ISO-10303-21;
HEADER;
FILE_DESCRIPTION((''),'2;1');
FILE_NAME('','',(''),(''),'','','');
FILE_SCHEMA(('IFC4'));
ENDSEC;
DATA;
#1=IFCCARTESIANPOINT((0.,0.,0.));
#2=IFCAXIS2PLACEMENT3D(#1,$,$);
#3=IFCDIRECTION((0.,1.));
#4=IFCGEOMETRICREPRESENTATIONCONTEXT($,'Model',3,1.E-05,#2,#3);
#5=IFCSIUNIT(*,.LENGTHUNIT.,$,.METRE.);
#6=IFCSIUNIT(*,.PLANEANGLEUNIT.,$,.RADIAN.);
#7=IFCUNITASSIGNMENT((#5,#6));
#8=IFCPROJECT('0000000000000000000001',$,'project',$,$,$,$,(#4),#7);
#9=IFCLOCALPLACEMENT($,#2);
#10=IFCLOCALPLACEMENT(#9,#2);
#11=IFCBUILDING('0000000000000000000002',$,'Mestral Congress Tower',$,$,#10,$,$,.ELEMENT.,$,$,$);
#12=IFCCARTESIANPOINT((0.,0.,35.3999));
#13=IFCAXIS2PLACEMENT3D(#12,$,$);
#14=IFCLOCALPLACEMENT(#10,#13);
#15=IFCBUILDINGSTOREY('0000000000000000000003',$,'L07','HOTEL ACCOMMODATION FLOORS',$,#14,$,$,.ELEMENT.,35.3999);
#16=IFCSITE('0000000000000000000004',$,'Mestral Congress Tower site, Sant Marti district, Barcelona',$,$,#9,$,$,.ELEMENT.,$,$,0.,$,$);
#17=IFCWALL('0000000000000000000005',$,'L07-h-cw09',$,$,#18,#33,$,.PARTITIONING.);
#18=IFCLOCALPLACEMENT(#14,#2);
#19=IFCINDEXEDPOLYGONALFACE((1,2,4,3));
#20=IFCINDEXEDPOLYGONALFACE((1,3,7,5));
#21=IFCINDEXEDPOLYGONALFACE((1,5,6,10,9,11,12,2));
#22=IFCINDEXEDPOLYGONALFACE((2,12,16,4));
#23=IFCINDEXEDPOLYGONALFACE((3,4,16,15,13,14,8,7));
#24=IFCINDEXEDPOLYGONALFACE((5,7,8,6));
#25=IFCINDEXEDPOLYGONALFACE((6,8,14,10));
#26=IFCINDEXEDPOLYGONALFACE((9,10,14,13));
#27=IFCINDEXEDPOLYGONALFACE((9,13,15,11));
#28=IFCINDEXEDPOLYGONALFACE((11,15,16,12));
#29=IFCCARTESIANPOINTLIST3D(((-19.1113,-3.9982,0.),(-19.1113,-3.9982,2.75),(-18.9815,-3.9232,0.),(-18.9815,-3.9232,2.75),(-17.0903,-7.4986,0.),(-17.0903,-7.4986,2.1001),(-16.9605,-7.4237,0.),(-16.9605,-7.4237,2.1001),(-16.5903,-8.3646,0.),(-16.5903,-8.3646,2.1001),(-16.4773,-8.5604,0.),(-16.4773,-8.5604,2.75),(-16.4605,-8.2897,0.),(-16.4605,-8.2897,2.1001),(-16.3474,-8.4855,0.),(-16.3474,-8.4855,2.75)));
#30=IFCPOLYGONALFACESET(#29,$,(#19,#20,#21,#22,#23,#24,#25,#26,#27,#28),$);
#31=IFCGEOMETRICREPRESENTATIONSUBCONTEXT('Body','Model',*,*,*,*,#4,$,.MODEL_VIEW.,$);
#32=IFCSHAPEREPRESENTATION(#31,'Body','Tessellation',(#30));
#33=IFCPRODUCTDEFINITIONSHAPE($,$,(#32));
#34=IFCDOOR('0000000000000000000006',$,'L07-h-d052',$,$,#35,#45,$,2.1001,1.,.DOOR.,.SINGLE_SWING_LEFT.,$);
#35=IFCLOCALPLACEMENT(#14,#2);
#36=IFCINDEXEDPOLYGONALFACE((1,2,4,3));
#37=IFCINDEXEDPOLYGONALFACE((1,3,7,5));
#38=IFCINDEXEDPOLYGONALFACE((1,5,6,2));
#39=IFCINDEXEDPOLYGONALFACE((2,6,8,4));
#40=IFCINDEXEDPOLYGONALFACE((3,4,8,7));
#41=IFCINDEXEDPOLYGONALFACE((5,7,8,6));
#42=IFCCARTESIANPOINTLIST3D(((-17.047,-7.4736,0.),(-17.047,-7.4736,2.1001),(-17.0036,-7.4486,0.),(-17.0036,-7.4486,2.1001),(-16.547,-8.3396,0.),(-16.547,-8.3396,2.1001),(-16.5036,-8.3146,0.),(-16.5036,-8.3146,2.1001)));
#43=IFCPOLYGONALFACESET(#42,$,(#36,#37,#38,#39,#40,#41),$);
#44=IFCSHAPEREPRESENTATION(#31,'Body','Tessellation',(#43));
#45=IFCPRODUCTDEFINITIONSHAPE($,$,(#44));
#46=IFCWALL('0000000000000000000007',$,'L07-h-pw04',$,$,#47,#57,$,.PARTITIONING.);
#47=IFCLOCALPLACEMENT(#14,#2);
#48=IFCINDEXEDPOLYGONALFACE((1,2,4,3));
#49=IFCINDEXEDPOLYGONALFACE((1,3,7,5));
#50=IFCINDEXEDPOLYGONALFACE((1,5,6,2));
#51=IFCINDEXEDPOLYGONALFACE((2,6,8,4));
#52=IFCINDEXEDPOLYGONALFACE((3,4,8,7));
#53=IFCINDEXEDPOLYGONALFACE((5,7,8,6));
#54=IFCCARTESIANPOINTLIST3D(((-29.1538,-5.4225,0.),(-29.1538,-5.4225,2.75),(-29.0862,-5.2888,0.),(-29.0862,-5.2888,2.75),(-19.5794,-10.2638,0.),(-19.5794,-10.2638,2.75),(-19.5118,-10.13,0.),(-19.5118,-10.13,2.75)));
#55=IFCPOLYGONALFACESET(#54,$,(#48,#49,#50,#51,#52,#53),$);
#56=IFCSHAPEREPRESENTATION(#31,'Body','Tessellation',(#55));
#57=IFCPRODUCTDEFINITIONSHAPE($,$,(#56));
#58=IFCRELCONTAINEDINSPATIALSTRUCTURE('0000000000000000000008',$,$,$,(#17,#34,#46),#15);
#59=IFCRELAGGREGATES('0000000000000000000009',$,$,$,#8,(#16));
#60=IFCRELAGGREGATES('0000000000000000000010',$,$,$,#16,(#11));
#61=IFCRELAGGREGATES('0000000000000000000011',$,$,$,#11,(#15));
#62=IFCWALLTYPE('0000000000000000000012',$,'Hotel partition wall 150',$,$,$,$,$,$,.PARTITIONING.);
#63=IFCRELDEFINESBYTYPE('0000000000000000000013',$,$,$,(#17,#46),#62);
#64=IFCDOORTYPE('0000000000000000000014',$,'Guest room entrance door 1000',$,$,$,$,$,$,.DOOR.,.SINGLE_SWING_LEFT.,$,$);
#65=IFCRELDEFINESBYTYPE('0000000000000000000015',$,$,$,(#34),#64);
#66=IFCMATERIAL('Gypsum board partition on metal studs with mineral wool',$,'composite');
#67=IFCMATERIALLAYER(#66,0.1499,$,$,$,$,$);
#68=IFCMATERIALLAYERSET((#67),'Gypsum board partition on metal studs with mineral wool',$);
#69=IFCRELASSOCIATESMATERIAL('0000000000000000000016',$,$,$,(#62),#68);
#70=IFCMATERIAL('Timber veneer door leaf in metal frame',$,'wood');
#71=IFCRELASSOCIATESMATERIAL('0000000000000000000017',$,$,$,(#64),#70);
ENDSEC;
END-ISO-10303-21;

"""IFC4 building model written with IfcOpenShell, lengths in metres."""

from ifc_helpers import new_model, si_unit, direction, frame, frame_2d, origin, place, context, subcontext, project, spatial, rectangle, extrude, material, layer, layer_set, type_object, element, fill, save


model = new_model("IFC4")

# Units and contexts
model_context = context("Model", 3, precision=1e-05, world=origin(), true_north=direction((0.0, 1.0)))
body_context = subcontext(model_context, "Body", "Model", "MODEL_VIEW")
ifc_project = project(units=[si_unit("LENGTHUNIT", "METRE"), si_unit("PLANEANGLEUNIT", "RADIAN")], contexts=[model_context])

# Site, building, storey
site_placement = place(None, origin())
site = spatial("IfcSite", under=ifc_project, at=site_placement, Name="Mestral Congress Tower site, Sant Marti district, Barcelona", CompositionType="ELEMENT", RefElevation=0.0)
building_placement = place(site_placement, origin())
building = spatial("IfcBuilding", under=site, at=building_placement, Name="Mestral Congress Tower", CompositionType="ELEMENT")
storey_placement = place(building_placement, frame((0.0, 0.0, 35.3999)))
storey = spatial("IfcBuildingStorey", under=building, at=storey_placement, Name="L07", Description="HOTEL ACCOMMODATION FLOORS", CompositionType="ELEMENT", Elevation=35.3999)

# Shared definitions
ifc_material_1 = material(Name="Gypsum board partition on metal studs with mineral wool", Category="composite")

# Shared definitions
ifc_layer_1 = layer(ifc_material_1, 0.1499)
ifc_layer_set_1 = layer_set([ifc_layer_1], Name="Gypsum board partition on metal studs with mineral wool")
wall_type_1 = type_object("IfcWallType", Name="Hotel partition wall 150", PredefinedType="PARTITIONING", material=ifc_layer_set_1)
ifc_material_2 = material(Name="Timber veneer door leaf in metal frame", Category="wood")
door_type_1 = type_object("IfcDoorType", Name="Guest room entrance door 1000", OperationType="SINGLE_SWING_LEFT", PredefinedType="DOOR", material=ifc_material_2)

# Wall, opening, door
wall_1_placement = place(storey_placement, frame((-16.4124, -8.5229, 0.0), z_axis=(0.0, 0.0, 1.0), x_axis=(-0.500002, 0.866024, 0.0)))
wall_1 = element("IfcWall", 1, at=wall_1_placement, inside=storey, type_object=wall_type_1, Name="L07-h-cw09", PredefinedType="PARTITIONING", context=body_context, shape_type="SweptSolid", body=[
    extrude(rectangle(XDim=5.2681, YDim=0.1499, at=frame_2d((2.634, 0.0))), origin(), (0.0, 0.0, 1.0), 2.75),
])
opening_1_placement = place(wall_1_placement, frame((0.2261, 0.0, 0.0)))
opening_1 = element("IfcOpeningElement", 2, at=opening_1_placement, cuts=wall_1, PredefinedType="OPENING", context=body_context, shape_type="SweptSolid", body=[
    extrude(rectangle(XDim=1.0, YDim=2.1001, at=frame_2d((0.5, 1.05))), frame((0.0, 0.085, 0.0), z_axis=(0.0, -1.0, 0.0), x_axis=(1.0, 0.0, 0.0)), (0.0, 0.0, 1.0), 0.1699),
])
door_1_placement = place(opening_1_placement, origin())
door_1 = element("IfcDoor", 3, at=door_1_placement, inside=storey, type_object=door_type_1, Name="L07-h-d052", OperationType="SINGLE_SWING_LEFT", OverallHeight=2.1001, OverallWidth=1.0, PredefinedType="DOOR", context=body_context, shape_type="SweptSolid", body=[
    extrude(rectangle(XDim=1.0, YDim=2.1001, at=frame_2d((0.5, 1.05))), frame((0.0, 0.0249, 0.0), z_axis=(0.0, -1.0, 0.0), x_axis=(1.0, 0.0, 0.0)), (0.0, 0.0, 1.0), 0.05),
])
fill(opening_1, door_1)

# Wall
wall_2_placement = place(storey_placement, frame((-29.1199, -5.3557, 0.0), z_axis=(0.0, 0.0, 1.0), x_axis=(0.892402, -0.451241, 0.0)))
element("IfcWall", 4, at=wall_2_placement, inside=storey, type_object=wall_type_1, Name="L07-h-pw04", PredefinedType="PARTITIONING", context=body_context, shape_type="SweptSolid", body=[
    extrude(rectangle(XDim=10.7288, YDim=0.1499, at=frame_2d((5.3643, 0.0))), origin(), (0.0, 0.0, 1.0), 2.75),
])

save(model, "model.ifc")
